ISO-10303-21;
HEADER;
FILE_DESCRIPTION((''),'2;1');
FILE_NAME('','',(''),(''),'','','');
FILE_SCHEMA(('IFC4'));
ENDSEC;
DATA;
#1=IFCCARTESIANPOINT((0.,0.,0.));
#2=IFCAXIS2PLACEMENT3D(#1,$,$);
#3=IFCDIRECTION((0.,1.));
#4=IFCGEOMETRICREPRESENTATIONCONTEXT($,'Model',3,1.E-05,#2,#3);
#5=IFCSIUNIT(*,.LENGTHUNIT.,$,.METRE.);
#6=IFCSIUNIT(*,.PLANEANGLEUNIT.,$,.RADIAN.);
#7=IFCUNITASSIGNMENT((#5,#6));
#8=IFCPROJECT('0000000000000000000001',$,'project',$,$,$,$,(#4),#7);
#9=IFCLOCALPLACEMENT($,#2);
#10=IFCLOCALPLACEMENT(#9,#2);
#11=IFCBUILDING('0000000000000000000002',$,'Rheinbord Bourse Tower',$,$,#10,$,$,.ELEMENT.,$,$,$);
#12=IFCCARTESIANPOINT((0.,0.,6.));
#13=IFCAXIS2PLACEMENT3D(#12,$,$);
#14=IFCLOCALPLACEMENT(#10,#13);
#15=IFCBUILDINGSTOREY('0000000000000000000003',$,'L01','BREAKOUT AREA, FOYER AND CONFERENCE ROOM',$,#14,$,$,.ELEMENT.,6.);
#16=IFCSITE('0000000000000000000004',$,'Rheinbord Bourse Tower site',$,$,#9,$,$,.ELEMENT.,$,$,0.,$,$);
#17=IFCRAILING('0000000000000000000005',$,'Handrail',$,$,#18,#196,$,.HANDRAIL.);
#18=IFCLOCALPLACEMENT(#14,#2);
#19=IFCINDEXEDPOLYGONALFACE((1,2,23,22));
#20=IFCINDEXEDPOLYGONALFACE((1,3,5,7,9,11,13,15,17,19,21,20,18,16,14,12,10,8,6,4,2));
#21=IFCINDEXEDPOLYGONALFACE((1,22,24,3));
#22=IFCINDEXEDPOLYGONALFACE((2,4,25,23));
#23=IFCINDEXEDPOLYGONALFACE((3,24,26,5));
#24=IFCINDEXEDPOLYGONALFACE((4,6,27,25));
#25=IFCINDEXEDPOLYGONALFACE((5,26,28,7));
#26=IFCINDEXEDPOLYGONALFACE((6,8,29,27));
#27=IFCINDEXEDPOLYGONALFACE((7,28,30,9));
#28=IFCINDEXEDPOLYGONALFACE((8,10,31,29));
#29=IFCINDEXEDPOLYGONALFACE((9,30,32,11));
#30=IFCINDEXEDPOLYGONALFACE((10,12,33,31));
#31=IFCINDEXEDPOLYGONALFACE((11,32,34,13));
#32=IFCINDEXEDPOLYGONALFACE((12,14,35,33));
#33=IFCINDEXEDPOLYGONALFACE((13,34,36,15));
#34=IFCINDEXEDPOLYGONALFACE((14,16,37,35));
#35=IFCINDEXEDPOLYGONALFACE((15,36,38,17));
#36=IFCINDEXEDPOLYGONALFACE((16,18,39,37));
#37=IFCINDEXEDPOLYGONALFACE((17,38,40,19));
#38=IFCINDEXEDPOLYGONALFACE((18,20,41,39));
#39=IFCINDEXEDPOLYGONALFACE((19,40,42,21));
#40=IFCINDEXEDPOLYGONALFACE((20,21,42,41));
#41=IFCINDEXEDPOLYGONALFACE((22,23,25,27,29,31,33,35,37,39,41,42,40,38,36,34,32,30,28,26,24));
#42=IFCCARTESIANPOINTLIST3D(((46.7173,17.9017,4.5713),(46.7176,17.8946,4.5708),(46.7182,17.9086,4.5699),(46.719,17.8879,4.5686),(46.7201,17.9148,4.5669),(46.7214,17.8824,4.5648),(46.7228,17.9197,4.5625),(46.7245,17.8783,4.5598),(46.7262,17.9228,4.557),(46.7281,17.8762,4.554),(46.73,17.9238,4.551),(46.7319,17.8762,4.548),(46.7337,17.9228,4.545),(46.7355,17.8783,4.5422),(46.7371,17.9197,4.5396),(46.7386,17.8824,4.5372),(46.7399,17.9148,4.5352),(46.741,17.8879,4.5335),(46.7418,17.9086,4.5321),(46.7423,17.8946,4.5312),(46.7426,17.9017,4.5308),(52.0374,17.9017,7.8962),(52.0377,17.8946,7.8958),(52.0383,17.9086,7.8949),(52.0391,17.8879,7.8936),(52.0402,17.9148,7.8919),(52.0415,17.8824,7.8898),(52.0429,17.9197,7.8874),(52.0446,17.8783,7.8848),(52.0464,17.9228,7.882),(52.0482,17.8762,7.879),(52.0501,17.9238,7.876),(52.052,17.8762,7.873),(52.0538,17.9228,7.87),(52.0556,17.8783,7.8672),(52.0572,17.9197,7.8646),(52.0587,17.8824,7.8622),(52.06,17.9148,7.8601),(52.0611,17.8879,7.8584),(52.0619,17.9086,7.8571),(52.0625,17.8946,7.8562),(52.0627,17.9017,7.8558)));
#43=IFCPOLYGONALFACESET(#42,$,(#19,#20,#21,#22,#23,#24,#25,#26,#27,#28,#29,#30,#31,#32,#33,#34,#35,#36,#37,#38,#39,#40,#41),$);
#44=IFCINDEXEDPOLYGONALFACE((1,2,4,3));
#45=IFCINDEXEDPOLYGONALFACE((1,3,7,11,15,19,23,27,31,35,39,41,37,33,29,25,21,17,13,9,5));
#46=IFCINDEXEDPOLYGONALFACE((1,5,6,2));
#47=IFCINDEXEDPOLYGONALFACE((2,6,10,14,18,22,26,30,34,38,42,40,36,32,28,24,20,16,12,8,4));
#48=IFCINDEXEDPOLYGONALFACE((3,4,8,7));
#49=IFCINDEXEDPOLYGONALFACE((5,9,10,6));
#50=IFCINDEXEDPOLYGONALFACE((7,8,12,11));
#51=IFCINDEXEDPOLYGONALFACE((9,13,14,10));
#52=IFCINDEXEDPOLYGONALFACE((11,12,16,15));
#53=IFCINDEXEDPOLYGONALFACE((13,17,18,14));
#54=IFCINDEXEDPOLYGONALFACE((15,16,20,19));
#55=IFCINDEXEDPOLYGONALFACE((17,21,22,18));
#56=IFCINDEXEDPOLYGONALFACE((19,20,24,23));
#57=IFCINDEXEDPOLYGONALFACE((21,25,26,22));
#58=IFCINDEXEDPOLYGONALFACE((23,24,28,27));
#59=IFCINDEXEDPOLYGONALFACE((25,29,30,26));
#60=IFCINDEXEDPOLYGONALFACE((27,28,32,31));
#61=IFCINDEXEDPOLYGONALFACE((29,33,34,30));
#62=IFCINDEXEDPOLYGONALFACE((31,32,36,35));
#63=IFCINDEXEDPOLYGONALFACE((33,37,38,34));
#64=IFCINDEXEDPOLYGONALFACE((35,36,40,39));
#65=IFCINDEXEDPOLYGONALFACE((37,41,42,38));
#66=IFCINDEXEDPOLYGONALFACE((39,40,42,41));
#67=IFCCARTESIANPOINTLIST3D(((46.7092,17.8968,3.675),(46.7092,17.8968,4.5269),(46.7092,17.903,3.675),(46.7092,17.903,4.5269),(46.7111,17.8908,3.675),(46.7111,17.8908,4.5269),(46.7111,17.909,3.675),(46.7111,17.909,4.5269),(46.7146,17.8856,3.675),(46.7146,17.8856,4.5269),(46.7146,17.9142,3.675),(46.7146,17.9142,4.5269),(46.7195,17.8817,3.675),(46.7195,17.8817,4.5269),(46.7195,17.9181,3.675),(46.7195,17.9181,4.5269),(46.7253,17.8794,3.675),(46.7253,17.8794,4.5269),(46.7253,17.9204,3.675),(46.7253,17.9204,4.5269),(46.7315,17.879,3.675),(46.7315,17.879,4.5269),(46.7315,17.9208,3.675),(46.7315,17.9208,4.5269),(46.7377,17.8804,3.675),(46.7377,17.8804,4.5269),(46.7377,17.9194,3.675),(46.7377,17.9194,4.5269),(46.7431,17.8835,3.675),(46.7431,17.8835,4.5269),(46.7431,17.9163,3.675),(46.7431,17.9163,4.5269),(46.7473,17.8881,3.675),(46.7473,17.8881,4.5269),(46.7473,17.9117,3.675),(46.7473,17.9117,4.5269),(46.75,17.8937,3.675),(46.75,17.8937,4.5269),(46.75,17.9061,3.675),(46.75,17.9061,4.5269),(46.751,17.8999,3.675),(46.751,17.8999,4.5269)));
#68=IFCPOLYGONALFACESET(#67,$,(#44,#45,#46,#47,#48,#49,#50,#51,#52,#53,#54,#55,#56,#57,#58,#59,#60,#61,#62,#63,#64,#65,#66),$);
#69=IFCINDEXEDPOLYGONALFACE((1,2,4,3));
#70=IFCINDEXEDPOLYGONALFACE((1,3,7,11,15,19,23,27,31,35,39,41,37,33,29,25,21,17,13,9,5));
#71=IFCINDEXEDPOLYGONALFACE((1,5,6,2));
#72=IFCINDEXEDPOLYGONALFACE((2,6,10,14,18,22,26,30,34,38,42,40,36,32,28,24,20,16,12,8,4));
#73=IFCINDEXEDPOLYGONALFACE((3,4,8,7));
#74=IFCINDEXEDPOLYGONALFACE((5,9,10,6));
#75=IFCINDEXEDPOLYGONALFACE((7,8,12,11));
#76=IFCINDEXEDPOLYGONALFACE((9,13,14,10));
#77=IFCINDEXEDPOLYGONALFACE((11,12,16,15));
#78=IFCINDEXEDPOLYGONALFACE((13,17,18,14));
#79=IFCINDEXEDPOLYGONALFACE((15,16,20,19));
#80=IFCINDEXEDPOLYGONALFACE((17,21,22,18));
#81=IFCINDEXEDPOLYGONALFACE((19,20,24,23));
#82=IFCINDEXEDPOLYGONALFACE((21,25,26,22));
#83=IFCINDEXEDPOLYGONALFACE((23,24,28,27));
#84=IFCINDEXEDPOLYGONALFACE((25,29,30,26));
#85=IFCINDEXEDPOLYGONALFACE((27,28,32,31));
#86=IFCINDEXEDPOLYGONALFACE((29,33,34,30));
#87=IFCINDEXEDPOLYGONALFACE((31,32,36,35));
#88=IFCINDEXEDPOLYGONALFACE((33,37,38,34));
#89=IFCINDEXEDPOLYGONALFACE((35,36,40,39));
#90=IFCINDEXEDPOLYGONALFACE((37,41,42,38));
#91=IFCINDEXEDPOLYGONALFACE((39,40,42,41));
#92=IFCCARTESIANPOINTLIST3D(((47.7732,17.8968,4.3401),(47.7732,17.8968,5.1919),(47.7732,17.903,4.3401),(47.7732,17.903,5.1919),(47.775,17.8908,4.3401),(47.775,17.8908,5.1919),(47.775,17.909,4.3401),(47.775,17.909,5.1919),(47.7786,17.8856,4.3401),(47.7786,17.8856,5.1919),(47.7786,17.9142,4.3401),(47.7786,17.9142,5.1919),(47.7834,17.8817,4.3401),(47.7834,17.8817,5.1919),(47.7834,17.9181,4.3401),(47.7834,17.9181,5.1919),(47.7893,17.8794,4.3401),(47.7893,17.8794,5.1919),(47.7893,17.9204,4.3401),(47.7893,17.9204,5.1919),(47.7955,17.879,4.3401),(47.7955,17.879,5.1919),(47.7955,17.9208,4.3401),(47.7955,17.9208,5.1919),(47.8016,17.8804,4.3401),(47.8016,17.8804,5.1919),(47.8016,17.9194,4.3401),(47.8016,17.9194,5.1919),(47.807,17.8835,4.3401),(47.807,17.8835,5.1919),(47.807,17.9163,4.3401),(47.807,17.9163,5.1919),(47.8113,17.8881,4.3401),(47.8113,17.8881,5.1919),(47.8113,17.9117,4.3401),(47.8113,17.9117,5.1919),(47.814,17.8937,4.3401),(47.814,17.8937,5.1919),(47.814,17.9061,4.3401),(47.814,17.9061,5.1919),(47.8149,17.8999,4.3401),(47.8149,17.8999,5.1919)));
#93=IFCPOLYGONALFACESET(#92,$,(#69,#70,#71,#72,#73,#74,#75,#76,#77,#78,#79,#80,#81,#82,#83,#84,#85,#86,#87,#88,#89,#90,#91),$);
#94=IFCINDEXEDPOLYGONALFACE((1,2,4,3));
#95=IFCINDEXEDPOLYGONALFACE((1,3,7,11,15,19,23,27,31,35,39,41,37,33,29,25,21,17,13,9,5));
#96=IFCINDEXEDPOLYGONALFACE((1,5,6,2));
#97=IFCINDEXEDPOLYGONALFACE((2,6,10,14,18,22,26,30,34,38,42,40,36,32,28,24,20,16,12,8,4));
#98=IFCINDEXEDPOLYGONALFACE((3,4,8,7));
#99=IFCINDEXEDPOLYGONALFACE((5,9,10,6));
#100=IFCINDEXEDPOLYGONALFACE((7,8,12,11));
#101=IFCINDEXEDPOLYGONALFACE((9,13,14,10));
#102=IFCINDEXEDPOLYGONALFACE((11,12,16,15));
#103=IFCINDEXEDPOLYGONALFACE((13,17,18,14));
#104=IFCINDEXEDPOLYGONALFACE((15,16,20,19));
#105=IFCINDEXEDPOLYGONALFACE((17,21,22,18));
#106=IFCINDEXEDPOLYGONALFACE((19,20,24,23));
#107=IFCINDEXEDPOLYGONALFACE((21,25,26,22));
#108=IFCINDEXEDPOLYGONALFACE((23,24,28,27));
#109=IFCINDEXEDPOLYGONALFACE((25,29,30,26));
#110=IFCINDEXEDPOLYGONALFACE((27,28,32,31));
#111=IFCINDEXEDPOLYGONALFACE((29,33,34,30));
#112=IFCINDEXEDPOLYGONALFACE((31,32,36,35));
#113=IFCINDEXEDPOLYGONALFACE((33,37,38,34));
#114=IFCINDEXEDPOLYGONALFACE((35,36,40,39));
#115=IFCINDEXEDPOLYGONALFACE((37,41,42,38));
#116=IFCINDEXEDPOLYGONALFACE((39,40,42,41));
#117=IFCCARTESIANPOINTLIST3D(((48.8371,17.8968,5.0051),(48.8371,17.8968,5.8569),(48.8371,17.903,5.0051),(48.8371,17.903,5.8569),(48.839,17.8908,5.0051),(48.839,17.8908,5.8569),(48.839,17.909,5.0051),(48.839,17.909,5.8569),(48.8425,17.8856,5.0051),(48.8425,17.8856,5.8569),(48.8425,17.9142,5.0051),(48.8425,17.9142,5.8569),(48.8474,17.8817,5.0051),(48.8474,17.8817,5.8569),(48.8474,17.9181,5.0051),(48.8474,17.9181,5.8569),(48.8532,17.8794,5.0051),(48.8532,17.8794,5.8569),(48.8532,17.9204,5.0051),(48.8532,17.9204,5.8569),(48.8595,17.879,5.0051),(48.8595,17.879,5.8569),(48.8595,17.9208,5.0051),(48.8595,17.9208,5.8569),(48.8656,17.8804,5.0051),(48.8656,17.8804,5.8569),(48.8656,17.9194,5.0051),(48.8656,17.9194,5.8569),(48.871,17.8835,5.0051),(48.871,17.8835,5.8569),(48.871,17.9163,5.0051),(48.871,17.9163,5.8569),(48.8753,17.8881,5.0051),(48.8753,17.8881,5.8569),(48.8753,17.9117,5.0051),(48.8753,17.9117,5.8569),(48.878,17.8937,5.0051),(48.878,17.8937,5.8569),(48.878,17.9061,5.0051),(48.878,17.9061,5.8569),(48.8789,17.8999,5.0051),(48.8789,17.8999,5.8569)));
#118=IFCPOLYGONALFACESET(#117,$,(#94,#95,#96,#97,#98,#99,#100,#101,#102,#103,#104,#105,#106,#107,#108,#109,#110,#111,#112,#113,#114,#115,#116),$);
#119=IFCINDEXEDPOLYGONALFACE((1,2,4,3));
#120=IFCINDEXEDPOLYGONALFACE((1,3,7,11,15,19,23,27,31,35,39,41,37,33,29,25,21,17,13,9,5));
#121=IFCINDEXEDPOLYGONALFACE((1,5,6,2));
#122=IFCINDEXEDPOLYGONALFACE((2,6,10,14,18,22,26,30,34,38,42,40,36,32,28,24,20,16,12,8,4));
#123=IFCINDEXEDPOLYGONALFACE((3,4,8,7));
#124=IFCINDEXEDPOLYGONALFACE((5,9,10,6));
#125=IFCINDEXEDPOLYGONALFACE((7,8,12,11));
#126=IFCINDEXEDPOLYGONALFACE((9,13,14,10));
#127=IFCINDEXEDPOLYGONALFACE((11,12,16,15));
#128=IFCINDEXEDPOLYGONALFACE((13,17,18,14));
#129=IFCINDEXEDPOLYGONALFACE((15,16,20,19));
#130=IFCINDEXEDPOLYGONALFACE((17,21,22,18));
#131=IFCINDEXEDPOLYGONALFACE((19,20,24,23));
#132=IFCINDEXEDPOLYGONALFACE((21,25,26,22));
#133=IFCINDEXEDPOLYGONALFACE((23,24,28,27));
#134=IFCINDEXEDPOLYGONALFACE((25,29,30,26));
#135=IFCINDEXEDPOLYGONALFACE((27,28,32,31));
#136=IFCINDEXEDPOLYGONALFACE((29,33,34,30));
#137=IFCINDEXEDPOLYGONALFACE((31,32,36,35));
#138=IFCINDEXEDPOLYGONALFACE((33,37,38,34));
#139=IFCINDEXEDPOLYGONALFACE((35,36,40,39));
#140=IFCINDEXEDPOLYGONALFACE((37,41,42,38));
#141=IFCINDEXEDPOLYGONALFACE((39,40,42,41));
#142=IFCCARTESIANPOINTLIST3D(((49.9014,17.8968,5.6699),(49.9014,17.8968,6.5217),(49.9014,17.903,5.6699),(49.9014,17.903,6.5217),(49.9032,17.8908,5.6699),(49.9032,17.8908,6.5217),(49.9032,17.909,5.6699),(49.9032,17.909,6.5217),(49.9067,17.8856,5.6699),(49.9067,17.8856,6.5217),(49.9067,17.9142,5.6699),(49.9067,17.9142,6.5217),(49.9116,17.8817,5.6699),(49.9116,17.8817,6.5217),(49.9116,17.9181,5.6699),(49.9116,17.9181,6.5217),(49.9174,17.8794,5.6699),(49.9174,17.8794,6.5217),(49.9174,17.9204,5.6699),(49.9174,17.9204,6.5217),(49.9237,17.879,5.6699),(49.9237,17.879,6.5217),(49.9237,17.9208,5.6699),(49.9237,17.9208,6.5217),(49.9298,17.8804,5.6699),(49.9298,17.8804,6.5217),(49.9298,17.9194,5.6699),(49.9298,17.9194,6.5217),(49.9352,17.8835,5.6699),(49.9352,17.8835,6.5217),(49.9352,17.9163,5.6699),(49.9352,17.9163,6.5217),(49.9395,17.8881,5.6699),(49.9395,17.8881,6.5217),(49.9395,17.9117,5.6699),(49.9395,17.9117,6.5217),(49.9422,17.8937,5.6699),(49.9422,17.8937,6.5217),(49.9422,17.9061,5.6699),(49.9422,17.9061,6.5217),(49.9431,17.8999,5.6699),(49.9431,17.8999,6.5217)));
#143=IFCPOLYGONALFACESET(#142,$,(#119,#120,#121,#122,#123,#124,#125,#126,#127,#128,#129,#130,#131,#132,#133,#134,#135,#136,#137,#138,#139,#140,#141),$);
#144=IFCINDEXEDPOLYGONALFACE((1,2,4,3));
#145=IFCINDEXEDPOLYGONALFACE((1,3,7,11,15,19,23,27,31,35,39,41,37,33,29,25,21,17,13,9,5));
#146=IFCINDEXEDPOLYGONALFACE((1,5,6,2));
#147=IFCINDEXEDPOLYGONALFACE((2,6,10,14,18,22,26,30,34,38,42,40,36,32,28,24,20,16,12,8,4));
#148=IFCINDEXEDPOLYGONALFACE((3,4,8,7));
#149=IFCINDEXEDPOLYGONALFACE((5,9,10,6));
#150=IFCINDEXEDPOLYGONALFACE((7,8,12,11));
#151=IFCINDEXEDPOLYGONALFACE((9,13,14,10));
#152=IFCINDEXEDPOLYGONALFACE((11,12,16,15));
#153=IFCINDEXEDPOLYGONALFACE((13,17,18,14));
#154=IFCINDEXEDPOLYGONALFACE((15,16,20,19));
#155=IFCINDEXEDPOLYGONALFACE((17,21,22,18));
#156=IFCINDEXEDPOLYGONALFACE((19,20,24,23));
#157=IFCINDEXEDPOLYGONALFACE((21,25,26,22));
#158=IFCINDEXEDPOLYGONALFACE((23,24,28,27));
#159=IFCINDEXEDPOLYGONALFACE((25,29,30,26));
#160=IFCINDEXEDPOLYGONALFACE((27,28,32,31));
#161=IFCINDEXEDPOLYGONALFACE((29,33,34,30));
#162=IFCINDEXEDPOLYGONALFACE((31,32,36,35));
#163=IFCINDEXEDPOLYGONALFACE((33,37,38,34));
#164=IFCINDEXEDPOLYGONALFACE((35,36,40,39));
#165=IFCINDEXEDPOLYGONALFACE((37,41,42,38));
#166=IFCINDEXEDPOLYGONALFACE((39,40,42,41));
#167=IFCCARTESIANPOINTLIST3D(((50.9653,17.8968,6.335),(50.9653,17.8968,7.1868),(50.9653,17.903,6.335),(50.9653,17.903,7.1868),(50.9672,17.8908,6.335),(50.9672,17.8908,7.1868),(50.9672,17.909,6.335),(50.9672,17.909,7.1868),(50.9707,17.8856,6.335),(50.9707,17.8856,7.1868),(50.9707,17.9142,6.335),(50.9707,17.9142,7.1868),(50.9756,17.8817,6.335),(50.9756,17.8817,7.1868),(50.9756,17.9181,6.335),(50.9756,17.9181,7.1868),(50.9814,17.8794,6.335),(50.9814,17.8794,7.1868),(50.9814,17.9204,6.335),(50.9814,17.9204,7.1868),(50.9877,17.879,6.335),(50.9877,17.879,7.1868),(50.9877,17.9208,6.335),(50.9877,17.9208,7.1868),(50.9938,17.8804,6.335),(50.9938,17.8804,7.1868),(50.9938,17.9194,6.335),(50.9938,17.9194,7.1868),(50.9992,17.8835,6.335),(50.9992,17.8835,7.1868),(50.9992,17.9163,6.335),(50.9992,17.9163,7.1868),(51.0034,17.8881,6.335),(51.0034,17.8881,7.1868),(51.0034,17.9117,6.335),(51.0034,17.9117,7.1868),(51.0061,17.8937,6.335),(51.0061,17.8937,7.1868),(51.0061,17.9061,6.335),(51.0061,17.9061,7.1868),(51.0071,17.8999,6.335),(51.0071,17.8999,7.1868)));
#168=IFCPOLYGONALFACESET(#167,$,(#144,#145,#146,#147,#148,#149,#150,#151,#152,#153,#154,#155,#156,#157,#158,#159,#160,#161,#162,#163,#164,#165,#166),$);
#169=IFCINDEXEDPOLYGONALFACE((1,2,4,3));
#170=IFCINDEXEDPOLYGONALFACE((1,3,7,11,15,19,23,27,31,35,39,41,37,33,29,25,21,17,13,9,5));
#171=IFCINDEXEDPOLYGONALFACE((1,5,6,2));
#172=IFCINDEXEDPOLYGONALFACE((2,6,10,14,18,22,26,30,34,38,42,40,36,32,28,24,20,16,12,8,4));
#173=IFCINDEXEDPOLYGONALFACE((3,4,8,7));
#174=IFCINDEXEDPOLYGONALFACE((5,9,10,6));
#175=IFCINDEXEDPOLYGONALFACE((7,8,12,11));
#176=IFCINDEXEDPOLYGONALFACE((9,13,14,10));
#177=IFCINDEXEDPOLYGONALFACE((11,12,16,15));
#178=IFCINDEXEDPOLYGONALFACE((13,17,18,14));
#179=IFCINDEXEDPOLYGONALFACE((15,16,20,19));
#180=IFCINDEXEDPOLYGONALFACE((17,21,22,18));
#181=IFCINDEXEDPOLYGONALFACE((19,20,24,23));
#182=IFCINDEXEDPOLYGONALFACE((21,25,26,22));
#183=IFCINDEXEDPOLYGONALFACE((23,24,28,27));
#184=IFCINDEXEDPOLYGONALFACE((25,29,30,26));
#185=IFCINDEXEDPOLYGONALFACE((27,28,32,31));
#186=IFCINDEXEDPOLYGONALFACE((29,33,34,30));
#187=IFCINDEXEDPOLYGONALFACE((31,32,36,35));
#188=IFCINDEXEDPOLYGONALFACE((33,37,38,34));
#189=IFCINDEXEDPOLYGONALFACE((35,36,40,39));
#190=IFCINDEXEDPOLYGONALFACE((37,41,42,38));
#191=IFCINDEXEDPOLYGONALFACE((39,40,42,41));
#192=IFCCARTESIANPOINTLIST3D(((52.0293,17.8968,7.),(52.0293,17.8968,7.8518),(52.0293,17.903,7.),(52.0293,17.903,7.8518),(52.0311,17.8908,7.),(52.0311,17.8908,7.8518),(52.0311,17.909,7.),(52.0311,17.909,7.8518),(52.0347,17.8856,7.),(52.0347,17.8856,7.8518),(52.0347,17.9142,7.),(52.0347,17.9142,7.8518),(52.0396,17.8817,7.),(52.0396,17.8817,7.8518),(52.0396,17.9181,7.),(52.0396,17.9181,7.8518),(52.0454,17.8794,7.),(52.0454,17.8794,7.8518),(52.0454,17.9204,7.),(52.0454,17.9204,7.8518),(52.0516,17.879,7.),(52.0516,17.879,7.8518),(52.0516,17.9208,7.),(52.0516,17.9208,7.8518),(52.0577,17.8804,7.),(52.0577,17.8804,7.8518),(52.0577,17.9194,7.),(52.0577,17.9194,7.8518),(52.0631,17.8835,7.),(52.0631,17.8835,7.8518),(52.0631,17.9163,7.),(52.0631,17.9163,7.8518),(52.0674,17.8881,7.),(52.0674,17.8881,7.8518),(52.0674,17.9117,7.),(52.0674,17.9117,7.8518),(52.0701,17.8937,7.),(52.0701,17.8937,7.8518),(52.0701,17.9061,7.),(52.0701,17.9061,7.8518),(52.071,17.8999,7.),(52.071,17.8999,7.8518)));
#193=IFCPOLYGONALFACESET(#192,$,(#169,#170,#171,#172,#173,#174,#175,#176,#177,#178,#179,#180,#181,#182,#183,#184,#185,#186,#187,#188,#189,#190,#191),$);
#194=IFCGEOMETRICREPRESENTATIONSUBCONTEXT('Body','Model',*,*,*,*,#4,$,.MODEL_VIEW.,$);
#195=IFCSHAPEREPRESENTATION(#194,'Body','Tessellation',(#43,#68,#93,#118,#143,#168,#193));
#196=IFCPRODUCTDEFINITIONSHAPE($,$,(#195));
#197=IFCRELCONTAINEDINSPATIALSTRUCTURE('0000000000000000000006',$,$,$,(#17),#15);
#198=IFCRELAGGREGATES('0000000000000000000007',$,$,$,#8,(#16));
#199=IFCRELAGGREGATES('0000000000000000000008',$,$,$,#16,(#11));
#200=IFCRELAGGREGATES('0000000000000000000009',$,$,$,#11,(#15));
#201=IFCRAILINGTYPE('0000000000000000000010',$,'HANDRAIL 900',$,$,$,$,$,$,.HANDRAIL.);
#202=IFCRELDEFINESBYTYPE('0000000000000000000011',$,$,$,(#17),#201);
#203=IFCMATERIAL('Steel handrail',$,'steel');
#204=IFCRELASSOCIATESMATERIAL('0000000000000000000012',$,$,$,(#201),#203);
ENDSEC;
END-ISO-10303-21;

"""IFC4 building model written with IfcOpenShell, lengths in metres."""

from ifc_helpers import new_model, si_unit, direction, frame, origin, origin_2d, place, context, subcontext, project, spatial, circle, extrude, material, type_object, element, save


model = new_model("IFC4")

# Units and contexts
model_context = context("Model", 3, precision=1e-05, world=origin(), true_north=direction((0.0, 1.0)))
body_context = subcontext(model_context, "Body", "Model", "MODEL_VIEW")
ifc_project = project(units=[si_unit("LENGTHUNIT", "METRE"), si_unit("PLANEANGLEUNIT", "RADIAN")], contexts=[model_context])

# Site, building, storey
site_placement = place(None, origin())
site = spatial("IfcSite", under=ifc_project, at=site_placement, Name="Rheinbord Bourse Tower site", CompositionType="ELEMENT", RefElevation=0.0)
building_placement = place(site_placement, origin())
building = spatial("IfcBuilding", under=site, at=building_placement, Name="Rheinbord Bourse Tower", CompositionType="ELEMENT")
storey_placement = place(building_placement, frame((0.0, 0.0, 6.0)))
storey = spatial("IfcBuildingStorey", under=building, at=storey_placement, Name="L01", Description="BREAKOUT AREA, FOYER AND CONFERENCE ROOM", CompositionType="ELEMENT", Elevation=6.0)

# Railing
ifc_material_1 = material(Name="Steel handrail", Category="steel")
railing_type = type_object("IfcRailingType", Name="HANDRAIL 900", PredefinedType="HANDRAIL", material=ifc_material_1)
railing_placement = place(storey_placement, frame((46.73, 17.8999, 3.675)))
element("IfcRailing", 1, at=railing_placement, inside=storey, type_object=railing_type, Name="Handrail", PredefinedType="HANDRAIL", context=body_context, shape_type="SweptSolid", body=[
    extrude(circle(Radius=0.0239, at=origin_2d()), frame((0.0, 0.0, 0.876), z_axis=(0.848005, 0.0, 0.529988), x_axis=(0.0, 1.0, 0.0)), (0.0, 0.0, 1.0), 6.2737),
    extrude(circle(Radius=0.021, at=origin_2d()), origin(), (0.0, 0.0, 1.0), 0.8518),
    extrude(circle(Radius=0.021, at=origin_2d()), frame((1.064, 0.0, 0.665)), (0.0, 0.0, 1.0), 0.8518),
    extrude(circle(Radius=0.021, at=origin_2d()), frame((2.1279, 0.0, 1.3301)), (0.0, 0.0, 1.0), 0.8518),
    extrude(circle(Radius=0.021, at=origin_2d()), frame((3.1921, 0.0, 1.9949)), (0.0, 0.0, 1.0), 0.8518),
    extrude(circle(Radius=0.021, at=origin_2d()), frame((4.2561, 0.0, 2.6599)), (0.0, 0.0, 1.0), 0.8518),
    extrude(circle(Radius=0.021, at=origin_2d()), frame((5.3201, 0.0, 3.325)), (0.0, 0.0, 1.0), 0.8518),
])

save(model, "model.ifc")
